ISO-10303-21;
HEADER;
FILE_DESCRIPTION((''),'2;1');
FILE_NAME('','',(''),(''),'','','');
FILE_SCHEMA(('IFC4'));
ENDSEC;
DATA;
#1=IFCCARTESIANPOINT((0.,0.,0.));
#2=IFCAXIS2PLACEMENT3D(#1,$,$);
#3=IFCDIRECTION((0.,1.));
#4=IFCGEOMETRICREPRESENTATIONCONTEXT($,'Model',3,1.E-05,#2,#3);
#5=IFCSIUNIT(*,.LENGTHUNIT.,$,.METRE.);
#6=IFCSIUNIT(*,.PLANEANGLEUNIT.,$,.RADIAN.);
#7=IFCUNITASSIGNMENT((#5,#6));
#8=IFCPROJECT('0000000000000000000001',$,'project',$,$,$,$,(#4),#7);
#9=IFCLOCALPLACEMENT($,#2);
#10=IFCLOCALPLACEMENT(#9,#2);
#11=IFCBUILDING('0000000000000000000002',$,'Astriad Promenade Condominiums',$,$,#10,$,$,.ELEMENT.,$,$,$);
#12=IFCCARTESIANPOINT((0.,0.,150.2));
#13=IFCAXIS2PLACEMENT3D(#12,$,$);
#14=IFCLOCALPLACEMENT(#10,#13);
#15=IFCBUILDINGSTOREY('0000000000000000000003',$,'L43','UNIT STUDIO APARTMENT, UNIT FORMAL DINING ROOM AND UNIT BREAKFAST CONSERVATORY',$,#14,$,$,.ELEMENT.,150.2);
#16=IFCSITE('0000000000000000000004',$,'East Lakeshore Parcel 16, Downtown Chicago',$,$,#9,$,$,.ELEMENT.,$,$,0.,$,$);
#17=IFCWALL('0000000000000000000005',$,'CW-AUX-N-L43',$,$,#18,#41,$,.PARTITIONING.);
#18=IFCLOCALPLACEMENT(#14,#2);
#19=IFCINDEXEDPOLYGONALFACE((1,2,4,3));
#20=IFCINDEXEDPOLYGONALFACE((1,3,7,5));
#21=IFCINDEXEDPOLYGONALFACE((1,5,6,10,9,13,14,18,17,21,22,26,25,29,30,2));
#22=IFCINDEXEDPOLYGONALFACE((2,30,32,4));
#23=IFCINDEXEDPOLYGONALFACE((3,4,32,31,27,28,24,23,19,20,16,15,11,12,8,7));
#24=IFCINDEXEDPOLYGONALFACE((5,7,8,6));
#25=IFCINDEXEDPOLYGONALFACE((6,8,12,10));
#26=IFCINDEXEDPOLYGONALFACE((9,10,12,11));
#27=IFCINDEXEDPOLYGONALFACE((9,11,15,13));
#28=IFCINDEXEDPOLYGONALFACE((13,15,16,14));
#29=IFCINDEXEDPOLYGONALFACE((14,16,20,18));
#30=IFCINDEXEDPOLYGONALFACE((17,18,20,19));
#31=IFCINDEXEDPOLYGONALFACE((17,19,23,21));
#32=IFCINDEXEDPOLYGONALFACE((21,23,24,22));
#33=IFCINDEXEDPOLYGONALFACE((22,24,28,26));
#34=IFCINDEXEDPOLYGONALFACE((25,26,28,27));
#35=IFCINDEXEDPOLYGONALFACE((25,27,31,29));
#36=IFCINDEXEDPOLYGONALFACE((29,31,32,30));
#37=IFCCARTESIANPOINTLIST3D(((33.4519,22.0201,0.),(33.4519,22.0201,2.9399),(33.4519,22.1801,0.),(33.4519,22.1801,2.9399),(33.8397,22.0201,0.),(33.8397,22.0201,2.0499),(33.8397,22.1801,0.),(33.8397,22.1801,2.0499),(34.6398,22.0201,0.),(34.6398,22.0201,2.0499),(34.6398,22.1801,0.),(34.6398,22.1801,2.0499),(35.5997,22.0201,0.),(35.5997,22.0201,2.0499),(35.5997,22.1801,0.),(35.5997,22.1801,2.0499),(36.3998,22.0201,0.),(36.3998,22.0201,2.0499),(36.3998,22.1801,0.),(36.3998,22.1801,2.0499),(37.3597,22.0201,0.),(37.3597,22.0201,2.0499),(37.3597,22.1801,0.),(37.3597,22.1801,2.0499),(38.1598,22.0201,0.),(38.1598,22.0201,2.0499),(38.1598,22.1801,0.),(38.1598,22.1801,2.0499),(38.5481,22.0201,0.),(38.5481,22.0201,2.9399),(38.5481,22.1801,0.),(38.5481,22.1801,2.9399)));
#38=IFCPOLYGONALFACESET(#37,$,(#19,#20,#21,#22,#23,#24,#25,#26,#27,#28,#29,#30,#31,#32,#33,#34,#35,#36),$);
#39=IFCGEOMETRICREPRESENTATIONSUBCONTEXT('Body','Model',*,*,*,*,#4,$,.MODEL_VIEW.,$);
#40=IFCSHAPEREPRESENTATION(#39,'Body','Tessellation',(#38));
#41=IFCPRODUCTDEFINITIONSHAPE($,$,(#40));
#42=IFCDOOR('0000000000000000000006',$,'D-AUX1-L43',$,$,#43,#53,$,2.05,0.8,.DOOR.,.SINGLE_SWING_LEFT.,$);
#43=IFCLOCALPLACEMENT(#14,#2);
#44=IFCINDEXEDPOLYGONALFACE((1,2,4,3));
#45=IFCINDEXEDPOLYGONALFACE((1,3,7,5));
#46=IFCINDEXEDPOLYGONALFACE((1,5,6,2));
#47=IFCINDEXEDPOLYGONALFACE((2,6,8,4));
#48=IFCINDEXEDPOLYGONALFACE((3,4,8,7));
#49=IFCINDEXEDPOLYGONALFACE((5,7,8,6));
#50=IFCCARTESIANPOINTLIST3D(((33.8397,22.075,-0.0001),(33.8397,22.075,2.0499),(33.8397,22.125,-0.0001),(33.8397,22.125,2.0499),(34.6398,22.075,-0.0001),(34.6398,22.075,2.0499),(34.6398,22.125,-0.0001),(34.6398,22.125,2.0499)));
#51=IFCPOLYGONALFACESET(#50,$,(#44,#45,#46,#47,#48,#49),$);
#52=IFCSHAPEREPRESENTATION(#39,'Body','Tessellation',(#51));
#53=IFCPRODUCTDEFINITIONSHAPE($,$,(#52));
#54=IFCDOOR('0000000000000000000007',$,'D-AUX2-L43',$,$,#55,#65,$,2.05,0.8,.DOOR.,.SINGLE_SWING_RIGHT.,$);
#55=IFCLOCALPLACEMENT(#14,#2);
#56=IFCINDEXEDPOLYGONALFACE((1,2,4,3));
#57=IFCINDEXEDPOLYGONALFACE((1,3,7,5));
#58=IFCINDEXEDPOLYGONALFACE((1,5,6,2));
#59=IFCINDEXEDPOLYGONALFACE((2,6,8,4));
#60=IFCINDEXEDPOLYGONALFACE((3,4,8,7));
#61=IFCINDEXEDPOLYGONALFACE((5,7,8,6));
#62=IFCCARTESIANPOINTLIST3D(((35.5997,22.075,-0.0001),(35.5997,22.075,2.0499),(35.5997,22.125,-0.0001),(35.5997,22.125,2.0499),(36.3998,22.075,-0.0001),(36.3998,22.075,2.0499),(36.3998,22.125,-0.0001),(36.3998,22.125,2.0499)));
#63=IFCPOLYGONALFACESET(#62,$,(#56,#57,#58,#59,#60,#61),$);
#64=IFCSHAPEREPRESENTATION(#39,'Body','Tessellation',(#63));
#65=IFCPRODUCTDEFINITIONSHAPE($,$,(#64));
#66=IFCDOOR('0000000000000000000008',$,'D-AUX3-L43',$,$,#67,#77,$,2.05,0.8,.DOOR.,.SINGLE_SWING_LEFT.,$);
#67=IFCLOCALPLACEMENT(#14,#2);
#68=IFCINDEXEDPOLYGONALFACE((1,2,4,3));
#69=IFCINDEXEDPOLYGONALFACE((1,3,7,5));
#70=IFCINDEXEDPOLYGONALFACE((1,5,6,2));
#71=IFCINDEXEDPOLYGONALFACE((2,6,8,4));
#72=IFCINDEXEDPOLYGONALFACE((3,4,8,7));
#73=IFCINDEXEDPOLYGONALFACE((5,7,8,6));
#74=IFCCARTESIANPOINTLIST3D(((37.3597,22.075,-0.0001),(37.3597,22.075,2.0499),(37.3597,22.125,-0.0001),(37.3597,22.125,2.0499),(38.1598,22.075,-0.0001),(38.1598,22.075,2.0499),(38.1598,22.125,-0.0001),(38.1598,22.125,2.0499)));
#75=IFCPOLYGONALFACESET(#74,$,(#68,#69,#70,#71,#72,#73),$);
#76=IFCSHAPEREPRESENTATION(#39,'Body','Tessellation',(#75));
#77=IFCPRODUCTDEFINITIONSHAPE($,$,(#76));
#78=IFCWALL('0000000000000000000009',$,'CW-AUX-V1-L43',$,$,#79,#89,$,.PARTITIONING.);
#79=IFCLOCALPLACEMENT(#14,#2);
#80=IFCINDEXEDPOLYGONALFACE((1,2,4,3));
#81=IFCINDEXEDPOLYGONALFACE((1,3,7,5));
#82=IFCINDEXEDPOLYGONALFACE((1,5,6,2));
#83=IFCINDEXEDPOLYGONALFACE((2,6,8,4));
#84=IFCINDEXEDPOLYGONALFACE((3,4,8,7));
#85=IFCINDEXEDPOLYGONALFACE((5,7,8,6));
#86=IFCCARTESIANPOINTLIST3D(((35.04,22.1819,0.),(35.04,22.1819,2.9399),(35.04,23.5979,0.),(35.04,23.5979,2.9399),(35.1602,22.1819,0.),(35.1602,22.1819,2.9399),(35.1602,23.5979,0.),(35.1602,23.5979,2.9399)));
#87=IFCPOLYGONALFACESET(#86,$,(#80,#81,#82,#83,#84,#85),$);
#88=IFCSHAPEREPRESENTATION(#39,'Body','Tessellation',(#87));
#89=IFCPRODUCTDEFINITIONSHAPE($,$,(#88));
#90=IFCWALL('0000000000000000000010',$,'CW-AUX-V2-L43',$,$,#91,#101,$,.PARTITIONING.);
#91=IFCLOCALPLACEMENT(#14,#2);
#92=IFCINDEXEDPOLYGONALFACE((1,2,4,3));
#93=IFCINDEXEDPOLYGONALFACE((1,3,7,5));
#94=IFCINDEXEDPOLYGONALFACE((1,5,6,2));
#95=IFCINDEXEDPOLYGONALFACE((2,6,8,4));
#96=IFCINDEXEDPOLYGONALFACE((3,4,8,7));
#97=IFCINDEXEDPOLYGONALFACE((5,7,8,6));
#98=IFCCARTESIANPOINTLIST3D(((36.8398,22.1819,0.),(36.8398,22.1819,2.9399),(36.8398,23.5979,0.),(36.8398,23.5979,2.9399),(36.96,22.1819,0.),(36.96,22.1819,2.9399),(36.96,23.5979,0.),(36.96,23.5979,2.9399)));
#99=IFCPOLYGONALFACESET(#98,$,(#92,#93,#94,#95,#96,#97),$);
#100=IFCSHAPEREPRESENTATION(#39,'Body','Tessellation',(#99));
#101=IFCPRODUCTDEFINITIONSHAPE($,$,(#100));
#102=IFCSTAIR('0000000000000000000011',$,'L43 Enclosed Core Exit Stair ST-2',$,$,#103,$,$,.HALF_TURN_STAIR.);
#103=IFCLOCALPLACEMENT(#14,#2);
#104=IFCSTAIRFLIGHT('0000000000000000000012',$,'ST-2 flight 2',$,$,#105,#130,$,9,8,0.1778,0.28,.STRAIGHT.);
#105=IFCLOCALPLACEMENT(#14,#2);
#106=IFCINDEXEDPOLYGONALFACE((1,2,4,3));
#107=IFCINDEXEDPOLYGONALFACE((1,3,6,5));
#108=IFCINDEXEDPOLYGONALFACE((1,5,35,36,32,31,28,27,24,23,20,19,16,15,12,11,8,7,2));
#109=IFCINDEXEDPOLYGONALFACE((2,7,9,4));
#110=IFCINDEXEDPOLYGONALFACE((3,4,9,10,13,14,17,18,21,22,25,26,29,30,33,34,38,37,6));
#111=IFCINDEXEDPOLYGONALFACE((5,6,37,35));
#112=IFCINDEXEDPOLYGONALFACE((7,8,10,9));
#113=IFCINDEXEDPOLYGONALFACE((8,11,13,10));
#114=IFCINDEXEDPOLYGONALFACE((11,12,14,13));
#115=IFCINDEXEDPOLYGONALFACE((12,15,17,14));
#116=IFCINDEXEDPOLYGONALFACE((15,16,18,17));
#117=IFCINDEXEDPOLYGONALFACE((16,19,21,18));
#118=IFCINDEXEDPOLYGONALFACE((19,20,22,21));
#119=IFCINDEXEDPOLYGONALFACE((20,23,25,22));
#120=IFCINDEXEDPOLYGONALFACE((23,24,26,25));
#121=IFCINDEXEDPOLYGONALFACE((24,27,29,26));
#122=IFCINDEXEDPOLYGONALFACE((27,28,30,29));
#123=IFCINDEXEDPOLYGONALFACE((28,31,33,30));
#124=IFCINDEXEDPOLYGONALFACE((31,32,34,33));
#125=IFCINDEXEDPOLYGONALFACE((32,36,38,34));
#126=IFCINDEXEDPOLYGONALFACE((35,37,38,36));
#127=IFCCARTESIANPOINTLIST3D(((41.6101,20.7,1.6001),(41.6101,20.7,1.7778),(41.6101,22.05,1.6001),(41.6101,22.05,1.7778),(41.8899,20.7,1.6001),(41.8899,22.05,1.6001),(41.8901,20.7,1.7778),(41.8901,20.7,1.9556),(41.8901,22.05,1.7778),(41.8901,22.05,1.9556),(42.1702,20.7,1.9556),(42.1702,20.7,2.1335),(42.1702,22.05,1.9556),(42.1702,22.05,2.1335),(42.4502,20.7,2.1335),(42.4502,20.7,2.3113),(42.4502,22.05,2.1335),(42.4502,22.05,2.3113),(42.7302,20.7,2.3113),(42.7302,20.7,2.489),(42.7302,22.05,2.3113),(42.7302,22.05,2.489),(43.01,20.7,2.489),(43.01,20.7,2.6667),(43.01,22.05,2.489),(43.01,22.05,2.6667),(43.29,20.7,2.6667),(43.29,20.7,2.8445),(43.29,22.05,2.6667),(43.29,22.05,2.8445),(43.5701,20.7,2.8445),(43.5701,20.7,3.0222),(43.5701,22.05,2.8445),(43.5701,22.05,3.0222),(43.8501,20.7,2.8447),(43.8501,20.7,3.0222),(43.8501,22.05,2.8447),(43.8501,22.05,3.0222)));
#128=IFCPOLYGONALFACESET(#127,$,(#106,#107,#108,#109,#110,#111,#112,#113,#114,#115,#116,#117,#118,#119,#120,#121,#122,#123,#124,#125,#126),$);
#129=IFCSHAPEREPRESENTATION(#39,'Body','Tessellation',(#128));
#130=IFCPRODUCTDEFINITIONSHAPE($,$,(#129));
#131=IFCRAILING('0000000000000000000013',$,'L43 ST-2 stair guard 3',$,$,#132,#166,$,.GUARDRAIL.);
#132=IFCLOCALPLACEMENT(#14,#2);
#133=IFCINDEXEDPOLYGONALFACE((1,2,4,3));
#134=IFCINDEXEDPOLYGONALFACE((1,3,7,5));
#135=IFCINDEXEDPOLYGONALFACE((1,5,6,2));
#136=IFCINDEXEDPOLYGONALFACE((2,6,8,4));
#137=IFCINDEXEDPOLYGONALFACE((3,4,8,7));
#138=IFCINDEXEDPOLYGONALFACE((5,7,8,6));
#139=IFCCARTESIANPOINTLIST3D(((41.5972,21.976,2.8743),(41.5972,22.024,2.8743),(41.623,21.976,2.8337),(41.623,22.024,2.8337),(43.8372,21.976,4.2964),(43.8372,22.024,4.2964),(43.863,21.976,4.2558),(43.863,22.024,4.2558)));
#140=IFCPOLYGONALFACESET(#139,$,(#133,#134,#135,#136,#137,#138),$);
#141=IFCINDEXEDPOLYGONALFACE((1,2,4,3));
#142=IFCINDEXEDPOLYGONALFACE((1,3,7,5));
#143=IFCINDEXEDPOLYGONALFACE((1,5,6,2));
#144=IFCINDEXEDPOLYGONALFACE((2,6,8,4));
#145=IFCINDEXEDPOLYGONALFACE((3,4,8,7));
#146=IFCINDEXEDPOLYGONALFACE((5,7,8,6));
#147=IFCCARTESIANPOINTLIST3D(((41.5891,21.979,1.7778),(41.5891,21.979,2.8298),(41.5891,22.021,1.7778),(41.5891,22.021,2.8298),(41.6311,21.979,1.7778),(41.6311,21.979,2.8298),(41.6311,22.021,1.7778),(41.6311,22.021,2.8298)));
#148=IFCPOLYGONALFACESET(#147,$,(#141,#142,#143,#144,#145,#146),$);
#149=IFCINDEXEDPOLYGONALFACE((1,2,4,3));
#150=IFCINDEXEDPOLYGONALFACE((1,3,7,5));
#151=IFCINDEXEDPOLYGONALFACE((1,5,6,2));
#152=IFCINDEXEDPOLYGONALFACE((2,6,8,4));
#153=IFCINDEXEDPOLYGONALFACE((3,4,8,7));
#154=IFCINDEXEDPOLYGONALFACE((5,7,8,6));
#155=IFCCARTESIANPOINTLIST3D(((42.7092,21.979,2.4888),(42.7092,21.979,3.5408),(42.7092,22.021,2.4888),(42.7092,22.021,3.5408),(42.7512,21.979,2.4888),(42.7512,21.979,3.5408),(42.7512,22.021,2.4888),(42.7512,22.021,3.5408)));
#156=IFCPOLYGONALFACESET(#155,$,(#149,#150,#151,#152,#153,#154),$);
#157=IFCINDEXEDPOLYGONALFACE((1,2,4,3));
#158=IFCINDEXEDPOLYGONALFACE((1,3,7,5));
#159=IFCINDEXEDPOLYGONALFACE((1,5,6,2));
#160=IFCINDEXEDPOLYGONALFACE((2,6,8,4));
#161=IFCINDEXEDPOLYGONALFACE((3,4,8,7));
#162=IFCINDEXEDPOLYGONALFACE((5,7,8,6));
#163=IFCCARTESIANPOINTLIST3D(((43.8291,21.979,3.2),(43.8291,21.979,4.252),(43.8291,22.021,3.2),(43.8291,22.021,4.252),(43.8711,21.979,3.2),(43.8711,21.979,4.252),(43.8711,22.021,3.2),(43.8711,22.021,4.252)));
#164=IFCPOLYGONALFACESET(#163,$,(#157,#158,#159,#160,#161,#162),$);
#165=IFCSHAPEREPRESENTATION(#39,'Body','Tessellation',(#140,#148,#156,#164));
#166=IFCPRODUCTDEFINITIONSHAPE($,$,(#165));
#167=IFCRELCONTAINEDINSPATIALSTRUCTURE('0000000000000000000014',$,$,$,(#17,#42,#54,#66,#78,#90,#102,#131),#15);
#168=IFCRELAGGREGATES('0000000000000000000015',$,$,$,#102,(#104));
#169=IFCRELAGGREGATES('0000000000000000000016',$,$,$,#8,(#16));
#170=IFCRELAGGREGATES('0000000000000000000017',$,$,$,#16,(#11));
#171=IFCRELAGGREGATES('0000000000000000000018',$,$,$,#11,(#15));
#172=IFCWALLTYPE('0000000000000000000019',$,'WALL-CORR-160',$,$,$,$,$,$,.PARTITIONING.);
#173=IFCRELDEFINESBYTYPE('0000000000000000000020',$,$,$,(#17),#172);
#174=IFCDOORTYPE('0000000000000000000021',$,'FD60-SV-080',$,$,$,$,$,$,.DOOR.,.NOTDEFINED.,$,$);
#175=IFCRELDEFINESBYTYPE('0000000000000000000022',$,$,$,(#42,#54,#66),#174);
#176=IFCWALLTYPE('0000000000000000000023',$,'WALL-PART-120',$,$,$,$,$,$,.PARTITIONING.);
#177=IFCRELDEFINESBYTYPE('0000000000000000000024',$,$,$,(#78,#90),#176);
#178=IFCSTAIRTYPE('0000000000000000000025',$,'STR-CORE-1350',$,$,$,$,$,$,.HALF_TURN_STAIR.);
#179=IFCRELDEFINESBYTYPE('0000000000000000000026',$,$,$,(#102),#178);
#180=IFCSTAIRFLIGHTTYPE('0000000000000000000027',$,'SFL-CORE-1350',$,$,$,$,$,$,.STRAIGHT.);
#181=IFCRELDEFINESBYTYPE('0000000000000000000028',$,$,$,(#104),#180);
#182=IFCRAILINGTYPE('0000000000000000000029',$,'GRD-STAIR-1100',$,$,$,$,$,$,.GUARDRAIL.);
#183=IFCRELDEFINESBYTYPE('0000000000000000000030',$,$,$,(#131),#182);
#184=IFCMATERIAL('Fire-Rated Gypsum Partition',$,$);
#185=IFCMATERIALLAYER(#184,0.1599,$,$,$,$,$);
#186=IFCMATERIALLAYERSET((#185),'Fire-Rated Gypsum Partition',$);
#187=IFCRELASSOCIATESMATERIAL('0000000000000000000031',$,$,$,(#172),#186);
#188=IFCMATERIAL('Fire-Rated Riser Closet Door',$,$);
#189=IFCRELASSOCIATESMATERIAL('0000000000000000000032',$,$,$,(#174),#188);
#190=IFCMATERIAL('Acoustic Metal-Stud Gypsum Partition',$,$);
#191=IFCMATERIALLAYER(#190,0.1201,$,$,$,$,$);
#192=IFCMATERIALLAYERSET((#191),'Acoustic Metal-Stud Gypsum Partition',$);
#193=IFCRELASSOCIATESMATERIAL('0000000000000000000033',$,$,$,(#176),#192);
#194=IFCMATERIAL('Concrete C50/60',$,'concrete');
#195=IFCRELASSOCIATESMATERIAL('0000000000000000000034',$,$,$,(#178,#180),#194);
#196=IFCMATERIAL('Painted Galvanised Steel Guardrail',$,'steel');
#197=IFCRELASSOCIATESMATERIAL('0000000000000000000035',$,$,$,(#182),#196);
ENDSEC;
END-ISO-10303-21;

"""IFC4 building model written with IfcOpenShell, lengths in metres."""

from ifc_helpers import new_model, si_unit, direction, frame, frame_2d, origin, origin_2d, place, context, subcontext, project, spatial, polyline, rectangle, outline, extrude, source, transform, mapped, material, layer, layer_set, type_object, type_shapes, element, fill, aggregate, save


model = new_model("IFC4")

# Units and contexts
model_context = context("Model", 3, precision=1e-05, world=origin(), true_north=direction((0.0, 1.0)))
body_context = subcontext(model_context, "Body", "Model", "MODEL_VIEW")
ifc_project = project(units=[si_unit("LENGTHUNIT", "METRE"), si_unit("PLANEANGLEUNIT", "RADIAN")], contexts=[model_context])

# Site, building, storey
site_placement = place(None, origin())
site = spatial("IfcSite", under=ifc_project, at=site_placement, Name="East Lakeshore Parcel 16, Downtown Chicago", CompositionType="ELEMENT", RefElevation=0.0)
building_placement = place(site_placement, origin())
building = spatial("IfcBuilding", under=site, at=building_placement, Name="Astriad Promenade Condominiums", CompositionType="ELEMENT")
storey_placement = place(building_placement, frame((0.0, 0.0, 150.2)))
storey = spatial("IfcBuildingStorey", under=building, at=storey_placement, Name="L43", Description="UNIT STUDIO APARTMENT, UNIT FORMAL DINING ROOM AND UNIT BREAKFAST CONSERVATORY", CompositionType="ELEMENT", Elevation=150.2)

# Shared definitions
ifc_material_1 = material(Name="Concrete C50/60", Category="concrete")

# Shared definitions
ifc_material_2 = material(Name="Fire-Rated Gypsum Partition")
ifc_layer_1 = layer(ifc_material_2, 0.1599)
ifc_layer_set_1 = layer_set([ifc_layer_1], Name="Fire-Rated Gypsum Partition")
wall_type_1 = type_object("IfcWallType", Name="WALL-CORR-160", PredefinedType="PARTITIONING", material=ifc_layer_set_1)

# Wall, openings, doors
wall_1_placement = place(storey_placement, frame((33.4519, 22.1001, 0.0), z_axis=(0.0, 0.0, 1.0), x_axis=(1.0, 0.0, 0.0)))
wall_1 = element("IfcWall", 1, at=wall_1_placement, inside=storey, type_object=wall_type_1, Name="CW-AUX-N-L43", PredefinedType="PARTITIONING", context=body_context, shape_type="SweptSolid", body=[
    extrude(rectangle(XDim=5.0962, YDim=0.1599, at=frame_2d((2.5481, 0.0))), origin(), (0.0, 0.0, 1.0), 2.9399),
])
opening_1_placement = place(wall_1_placement, frame((0.3879, 0.0, 0.0)))
opening_1 = element("IfcOpeningElement", 2, at=opening_1_placement, cuts=wall_1, PredefinedType="OPENING", context=body_context, shape_type="SweptSolid", body=[
    extrude(rectangle(XDim=0.8, YDim=2.05, at=frame_2d((0.3999, 1.0249))), frame((0.0, 0.0898, 0.0), z_axis=(0.0, -1.0, 0.0), x_axis=(1.0, 0.0, 0.0)), (0.0, 0.0, 1.0), 0.1799),
])
opening_2_placement = place(wall_1_placement, frame((2.1479, 0.0, 0.0)))
opening_2 = element("IfcOpeningElement", 3, at=opening_2_placement, cuts=wall_1, PredefinedType="OPENING", context=body_context, shape_type="SweptSolid", body=[
    extrude(rectangle(XDim=0.8, YDim=2.05, at=frame_2d((0.3999, 1.0249))), frame((0.0, 0.0898, 0.0), z_axis=(0.0, -1.0, 0.0), x_axis=(1.0, 0.0, 0.0)), (0.0, 0.0, 1.0), 0.1799),
])
opening_3_placement = place(wall_1_placement, frame((3.908, 0.0, 0.0)))
opening_3 = element("IfcOpeningElement", 4, at=opening_3_placement, cuts=wall_1, PredefinedType="OPENING", context=body_context, shape_type="SweptSolid", body=[
    extrude(rectangle(XDim=0.8, YDim=2.05, at=frame_2d((0.3999, 1.0249))), frame((0.0, 0.0898, 0.0), z_axis=(0.0, -1.0, 0.0), x_axis=(1.0, 0.0, 0.0)), (0.0, 0.0, 1.0), 0.1799),
])
ifc_material_3 = material(Name="Fire-Rated Riser Closet Door")
door_type_1 = type_object("IfcDoorType", Name="FD60-SV-080", OperationType="NOTDEFINED", PredefinedType="DOOR", material=ifc_material_3)
shared_shape_1 = source(origin(), body_context, "Body", "SweptSolid", [
    extrude(rectangle(XDim=0.8, YDim=2.05, at=frame_2d((0.3999, 1.0249))), frame((0.0, 0.0249, 0.0), z_axis=(0.0, -1.0, 0.0), x_axis=(1.0, 0.0, 0.0)), (0.0, 0.0, 1.0), 0.05),
])
type_shapes(door_type_1, [shared_shape_1])
door_1_placement = place(opening_1_placement, origin())
door_1 = element("IfcDoor", 5, at=door_1_placement, inside=storey, type_object=door_type_1, Name="D-AUX1-L43", OperationType="SINGLE_SWING_LEFT", OverallHeight=2.05, OverallWidth=0.8, PredefinedType="DOOR", context=body_context, shape_type="MappedRepresentation", body=[
    mapped(shared_shape_1, transform((0.0, 0.0, 0.0), scale=1.0)),
])
fill(opening_1, door_1)
door_2_placement = place(opening_2_placement, origin())
door_2 = element("IfcDoor", 6, at=door_2_placement, inside=storey, type_object=door_type_1, Name="D-AUX2-L43", OperationType="SINGLE_SWING_RIGHT", OverallHeight=2.05, OverallWidth=0.8, PredefinedType="DOOR", context=body_context, shape_type="MappedRepresentation", body=[
    mapped(shared_shape_1, transform((0.0, 0.0, 0.0), scale=1.0)),
])
fill(opening_2, door_2)
door_3_placement = place(opening_3_placement, origin())
door_3 = element("IfcDoor", 7, at=door_3_placement, inside=storey, type_object=door_type_1, Name="D-AUX3-L43", OperationType="SINGLE_SWING_LEFT", OverallHeight=2.05, OverallWidth=0.8, PredefinedType="DOOR", context=body_context, shape_type="MappedRepresentation", body=[
    mapped(shared_shape_1, transform((0.0, 0.0, 0.0), scale=1.0)),
])
fill(opening_3, door_3)

# Walls
ifc_material_4 = material(Name="Acoustic Metal-Stud Gypsum Partition")
ifc_layer_2 = layer(ifc_material_4, 0.1201)
ifc_layer_set_2 = layer_set([ifc_layer_2], Name="Acoustic Metal-Stud Gypsum Partition")
wall_type_2 = type_object("IfcWallType", Name="WALL-PART-120", PredefinedType="PARTITIONING", material=ifc_layer_set_2)
for number, where, z_axis, x_axis, name in (
    (8, (35.1001, 22.1819, 0.0), (0.0, 0.0, 1.0), (0.0, 1.0, 0.0), "CW-AUX-V1-L43"),
    (9, (36.8999, 22.1819, 0.0), (0.0, 0.0, 1.0), (0.0, 1.0, 0.0), "CW-AUX-V2-L43"),
):
    element("IfcWall", number, at=place(storey_placement, frame(where, z_axis=z_axis, x_axis=x_axis)), inside=storey, type_object=wall_type_2, Name=name, PredefinedType="PARTITIONING", context=body_context, shape_type="SweptSolid", body=[
        extrude(rectangle(XDim=1.416, YDim=0.1201, at=frame_2d((0.708, 0.0))), origin(), (0.0, 0.0, 1.0), 2.9399),
    ])

# Stair, stair flight
stair_type = type_object("IfcStairType", Name="STR-CORE-1350", PredefinedType="HALF_TURN_STAIR", material=ifc_material_1)
stair_placement = place(storey_placement, origin())
stair = element("IfcStair", 10, at=stair_placement, inside=storey, type_object=stair_type, Name="L43 Enclosed Core Exit Stair ST-2", PredefinedType="HALF_TURN_STAIR")
stair_flight_type = type_object("IfcStairFlightType", Name="SFL-CORE-1350", PredefinedType="STRAIGHT", material=ifc_material_1)
shared_shape_2 = source(origin(), body_context, "Body", "SweptSolid", [
    extrude(outline(polyline([(0.0, 0.0), (0.0, 0.1777), (0.28, 0.1777), (0.28, 0.3555), (0.5601, 0.3555), (0.5601, 0.5334), (0.8401, 0.5334), (0.8401, 0.7112), (1.1201, 0.7112), (1.1201, 0.8889), (1.3999, 0.8889), (1.3999, 1.0667), (1.6799, 1.0667), (1.6799, 1.2444), (1.96, 1.2444), (1.96, 1.4221), (2.24, 1.4221), (2.24, 1.6001), (2.24, 1.2446), (0.2798, 0.0), (0.0, 0.0)])), frame((0.0, 0.675, 0.0), z_axis=(0.0, -1.0, 0.0), x_axis=(1.0, 0.0, 0.0)), (0.0, 0.0, 1.0), 1.3501),
])
type_shapes(stair_flight_type, [shared_shape_2])
stair_flight_placement = place(storey_placement, frame((41.6101, 21.375, 1.6001), z_axis=(0.0, 0.0, 1.0), x_axis=(1.0, 0.0, 0.0)))
stair_flight = element("IfcStairFlight", 11, at=stair_flight_placement, type_object=stair_flight_type, Name="ST-2 flight 2", NumberOfRisers=9, NumberOfTreads=8, PredefinedType="STRAIGHT", RiserHeight=0.1778, TreadLength=0.28, context=body_context, shape_type="MappedRepresentation", body=[
    mapped(shared_shape_2, transform((0.0, 0.0, 0.0), scale=1.0)),
])
aggregate(stair, [stair_flight])

# Railing
ifc_material_5 = material(Name="Painted Galvanised Steel Guardrail", Category="steel")
railing_type_1 = type_object("IfcRailingType", Name="GRD-STAIR-1100", PredefinedType="GUARDRAIL", material=ifc_material_5)
shared_shape_3 = source(origin(), body_context, "Body", "SweptSolid", [
    extrude(rectangle(XDim=0.0481, YDim=0.0481, at=origin_2d()), frame((0.0, 0.0, 1.0762), z_axis=(0.844229, 0.0, 0.535982), x_axis=(0.0, 1.0, 0.0)), (0.0, 0.0, 1.0), 2.6533),
    extrude(rectangle(XDim=0.042, YDim=0.042, at=origin_2d()), origin(), (0.0, 0.0, 1.0), 1.052),
    extrude(rectangle(XDim=0.042, YDim=0.042, at=origin_2d()), frame((1.1201, 0.0, 0.7109)), (0.0, 0.0, 1.0), 1.052),
    extrude(rectangle(XDim=0.042, YDim=0.042, at=origin_2d()), frame((2.24, 0.0, 1.4221)), (0.0, 0.0, 1.0), 1.052),
])
railing_1_placement = place(storey_placement, frame((41.6101, 22.0, 1.7778)))
element("IfcRailing", 12, at=railing_1_placement, inside=storey, type_object=railing_type_1, Name="L43 ST-2 stair guard 3", PredefinedType="GUARDRAIL", context=body_context, shape_type="MappedRepresentation", body=[
    mapped(shared_shape_3, transform((0.0, 0.0, 0.0), scale=1.0)),
])

save(model, "model.ifc")
